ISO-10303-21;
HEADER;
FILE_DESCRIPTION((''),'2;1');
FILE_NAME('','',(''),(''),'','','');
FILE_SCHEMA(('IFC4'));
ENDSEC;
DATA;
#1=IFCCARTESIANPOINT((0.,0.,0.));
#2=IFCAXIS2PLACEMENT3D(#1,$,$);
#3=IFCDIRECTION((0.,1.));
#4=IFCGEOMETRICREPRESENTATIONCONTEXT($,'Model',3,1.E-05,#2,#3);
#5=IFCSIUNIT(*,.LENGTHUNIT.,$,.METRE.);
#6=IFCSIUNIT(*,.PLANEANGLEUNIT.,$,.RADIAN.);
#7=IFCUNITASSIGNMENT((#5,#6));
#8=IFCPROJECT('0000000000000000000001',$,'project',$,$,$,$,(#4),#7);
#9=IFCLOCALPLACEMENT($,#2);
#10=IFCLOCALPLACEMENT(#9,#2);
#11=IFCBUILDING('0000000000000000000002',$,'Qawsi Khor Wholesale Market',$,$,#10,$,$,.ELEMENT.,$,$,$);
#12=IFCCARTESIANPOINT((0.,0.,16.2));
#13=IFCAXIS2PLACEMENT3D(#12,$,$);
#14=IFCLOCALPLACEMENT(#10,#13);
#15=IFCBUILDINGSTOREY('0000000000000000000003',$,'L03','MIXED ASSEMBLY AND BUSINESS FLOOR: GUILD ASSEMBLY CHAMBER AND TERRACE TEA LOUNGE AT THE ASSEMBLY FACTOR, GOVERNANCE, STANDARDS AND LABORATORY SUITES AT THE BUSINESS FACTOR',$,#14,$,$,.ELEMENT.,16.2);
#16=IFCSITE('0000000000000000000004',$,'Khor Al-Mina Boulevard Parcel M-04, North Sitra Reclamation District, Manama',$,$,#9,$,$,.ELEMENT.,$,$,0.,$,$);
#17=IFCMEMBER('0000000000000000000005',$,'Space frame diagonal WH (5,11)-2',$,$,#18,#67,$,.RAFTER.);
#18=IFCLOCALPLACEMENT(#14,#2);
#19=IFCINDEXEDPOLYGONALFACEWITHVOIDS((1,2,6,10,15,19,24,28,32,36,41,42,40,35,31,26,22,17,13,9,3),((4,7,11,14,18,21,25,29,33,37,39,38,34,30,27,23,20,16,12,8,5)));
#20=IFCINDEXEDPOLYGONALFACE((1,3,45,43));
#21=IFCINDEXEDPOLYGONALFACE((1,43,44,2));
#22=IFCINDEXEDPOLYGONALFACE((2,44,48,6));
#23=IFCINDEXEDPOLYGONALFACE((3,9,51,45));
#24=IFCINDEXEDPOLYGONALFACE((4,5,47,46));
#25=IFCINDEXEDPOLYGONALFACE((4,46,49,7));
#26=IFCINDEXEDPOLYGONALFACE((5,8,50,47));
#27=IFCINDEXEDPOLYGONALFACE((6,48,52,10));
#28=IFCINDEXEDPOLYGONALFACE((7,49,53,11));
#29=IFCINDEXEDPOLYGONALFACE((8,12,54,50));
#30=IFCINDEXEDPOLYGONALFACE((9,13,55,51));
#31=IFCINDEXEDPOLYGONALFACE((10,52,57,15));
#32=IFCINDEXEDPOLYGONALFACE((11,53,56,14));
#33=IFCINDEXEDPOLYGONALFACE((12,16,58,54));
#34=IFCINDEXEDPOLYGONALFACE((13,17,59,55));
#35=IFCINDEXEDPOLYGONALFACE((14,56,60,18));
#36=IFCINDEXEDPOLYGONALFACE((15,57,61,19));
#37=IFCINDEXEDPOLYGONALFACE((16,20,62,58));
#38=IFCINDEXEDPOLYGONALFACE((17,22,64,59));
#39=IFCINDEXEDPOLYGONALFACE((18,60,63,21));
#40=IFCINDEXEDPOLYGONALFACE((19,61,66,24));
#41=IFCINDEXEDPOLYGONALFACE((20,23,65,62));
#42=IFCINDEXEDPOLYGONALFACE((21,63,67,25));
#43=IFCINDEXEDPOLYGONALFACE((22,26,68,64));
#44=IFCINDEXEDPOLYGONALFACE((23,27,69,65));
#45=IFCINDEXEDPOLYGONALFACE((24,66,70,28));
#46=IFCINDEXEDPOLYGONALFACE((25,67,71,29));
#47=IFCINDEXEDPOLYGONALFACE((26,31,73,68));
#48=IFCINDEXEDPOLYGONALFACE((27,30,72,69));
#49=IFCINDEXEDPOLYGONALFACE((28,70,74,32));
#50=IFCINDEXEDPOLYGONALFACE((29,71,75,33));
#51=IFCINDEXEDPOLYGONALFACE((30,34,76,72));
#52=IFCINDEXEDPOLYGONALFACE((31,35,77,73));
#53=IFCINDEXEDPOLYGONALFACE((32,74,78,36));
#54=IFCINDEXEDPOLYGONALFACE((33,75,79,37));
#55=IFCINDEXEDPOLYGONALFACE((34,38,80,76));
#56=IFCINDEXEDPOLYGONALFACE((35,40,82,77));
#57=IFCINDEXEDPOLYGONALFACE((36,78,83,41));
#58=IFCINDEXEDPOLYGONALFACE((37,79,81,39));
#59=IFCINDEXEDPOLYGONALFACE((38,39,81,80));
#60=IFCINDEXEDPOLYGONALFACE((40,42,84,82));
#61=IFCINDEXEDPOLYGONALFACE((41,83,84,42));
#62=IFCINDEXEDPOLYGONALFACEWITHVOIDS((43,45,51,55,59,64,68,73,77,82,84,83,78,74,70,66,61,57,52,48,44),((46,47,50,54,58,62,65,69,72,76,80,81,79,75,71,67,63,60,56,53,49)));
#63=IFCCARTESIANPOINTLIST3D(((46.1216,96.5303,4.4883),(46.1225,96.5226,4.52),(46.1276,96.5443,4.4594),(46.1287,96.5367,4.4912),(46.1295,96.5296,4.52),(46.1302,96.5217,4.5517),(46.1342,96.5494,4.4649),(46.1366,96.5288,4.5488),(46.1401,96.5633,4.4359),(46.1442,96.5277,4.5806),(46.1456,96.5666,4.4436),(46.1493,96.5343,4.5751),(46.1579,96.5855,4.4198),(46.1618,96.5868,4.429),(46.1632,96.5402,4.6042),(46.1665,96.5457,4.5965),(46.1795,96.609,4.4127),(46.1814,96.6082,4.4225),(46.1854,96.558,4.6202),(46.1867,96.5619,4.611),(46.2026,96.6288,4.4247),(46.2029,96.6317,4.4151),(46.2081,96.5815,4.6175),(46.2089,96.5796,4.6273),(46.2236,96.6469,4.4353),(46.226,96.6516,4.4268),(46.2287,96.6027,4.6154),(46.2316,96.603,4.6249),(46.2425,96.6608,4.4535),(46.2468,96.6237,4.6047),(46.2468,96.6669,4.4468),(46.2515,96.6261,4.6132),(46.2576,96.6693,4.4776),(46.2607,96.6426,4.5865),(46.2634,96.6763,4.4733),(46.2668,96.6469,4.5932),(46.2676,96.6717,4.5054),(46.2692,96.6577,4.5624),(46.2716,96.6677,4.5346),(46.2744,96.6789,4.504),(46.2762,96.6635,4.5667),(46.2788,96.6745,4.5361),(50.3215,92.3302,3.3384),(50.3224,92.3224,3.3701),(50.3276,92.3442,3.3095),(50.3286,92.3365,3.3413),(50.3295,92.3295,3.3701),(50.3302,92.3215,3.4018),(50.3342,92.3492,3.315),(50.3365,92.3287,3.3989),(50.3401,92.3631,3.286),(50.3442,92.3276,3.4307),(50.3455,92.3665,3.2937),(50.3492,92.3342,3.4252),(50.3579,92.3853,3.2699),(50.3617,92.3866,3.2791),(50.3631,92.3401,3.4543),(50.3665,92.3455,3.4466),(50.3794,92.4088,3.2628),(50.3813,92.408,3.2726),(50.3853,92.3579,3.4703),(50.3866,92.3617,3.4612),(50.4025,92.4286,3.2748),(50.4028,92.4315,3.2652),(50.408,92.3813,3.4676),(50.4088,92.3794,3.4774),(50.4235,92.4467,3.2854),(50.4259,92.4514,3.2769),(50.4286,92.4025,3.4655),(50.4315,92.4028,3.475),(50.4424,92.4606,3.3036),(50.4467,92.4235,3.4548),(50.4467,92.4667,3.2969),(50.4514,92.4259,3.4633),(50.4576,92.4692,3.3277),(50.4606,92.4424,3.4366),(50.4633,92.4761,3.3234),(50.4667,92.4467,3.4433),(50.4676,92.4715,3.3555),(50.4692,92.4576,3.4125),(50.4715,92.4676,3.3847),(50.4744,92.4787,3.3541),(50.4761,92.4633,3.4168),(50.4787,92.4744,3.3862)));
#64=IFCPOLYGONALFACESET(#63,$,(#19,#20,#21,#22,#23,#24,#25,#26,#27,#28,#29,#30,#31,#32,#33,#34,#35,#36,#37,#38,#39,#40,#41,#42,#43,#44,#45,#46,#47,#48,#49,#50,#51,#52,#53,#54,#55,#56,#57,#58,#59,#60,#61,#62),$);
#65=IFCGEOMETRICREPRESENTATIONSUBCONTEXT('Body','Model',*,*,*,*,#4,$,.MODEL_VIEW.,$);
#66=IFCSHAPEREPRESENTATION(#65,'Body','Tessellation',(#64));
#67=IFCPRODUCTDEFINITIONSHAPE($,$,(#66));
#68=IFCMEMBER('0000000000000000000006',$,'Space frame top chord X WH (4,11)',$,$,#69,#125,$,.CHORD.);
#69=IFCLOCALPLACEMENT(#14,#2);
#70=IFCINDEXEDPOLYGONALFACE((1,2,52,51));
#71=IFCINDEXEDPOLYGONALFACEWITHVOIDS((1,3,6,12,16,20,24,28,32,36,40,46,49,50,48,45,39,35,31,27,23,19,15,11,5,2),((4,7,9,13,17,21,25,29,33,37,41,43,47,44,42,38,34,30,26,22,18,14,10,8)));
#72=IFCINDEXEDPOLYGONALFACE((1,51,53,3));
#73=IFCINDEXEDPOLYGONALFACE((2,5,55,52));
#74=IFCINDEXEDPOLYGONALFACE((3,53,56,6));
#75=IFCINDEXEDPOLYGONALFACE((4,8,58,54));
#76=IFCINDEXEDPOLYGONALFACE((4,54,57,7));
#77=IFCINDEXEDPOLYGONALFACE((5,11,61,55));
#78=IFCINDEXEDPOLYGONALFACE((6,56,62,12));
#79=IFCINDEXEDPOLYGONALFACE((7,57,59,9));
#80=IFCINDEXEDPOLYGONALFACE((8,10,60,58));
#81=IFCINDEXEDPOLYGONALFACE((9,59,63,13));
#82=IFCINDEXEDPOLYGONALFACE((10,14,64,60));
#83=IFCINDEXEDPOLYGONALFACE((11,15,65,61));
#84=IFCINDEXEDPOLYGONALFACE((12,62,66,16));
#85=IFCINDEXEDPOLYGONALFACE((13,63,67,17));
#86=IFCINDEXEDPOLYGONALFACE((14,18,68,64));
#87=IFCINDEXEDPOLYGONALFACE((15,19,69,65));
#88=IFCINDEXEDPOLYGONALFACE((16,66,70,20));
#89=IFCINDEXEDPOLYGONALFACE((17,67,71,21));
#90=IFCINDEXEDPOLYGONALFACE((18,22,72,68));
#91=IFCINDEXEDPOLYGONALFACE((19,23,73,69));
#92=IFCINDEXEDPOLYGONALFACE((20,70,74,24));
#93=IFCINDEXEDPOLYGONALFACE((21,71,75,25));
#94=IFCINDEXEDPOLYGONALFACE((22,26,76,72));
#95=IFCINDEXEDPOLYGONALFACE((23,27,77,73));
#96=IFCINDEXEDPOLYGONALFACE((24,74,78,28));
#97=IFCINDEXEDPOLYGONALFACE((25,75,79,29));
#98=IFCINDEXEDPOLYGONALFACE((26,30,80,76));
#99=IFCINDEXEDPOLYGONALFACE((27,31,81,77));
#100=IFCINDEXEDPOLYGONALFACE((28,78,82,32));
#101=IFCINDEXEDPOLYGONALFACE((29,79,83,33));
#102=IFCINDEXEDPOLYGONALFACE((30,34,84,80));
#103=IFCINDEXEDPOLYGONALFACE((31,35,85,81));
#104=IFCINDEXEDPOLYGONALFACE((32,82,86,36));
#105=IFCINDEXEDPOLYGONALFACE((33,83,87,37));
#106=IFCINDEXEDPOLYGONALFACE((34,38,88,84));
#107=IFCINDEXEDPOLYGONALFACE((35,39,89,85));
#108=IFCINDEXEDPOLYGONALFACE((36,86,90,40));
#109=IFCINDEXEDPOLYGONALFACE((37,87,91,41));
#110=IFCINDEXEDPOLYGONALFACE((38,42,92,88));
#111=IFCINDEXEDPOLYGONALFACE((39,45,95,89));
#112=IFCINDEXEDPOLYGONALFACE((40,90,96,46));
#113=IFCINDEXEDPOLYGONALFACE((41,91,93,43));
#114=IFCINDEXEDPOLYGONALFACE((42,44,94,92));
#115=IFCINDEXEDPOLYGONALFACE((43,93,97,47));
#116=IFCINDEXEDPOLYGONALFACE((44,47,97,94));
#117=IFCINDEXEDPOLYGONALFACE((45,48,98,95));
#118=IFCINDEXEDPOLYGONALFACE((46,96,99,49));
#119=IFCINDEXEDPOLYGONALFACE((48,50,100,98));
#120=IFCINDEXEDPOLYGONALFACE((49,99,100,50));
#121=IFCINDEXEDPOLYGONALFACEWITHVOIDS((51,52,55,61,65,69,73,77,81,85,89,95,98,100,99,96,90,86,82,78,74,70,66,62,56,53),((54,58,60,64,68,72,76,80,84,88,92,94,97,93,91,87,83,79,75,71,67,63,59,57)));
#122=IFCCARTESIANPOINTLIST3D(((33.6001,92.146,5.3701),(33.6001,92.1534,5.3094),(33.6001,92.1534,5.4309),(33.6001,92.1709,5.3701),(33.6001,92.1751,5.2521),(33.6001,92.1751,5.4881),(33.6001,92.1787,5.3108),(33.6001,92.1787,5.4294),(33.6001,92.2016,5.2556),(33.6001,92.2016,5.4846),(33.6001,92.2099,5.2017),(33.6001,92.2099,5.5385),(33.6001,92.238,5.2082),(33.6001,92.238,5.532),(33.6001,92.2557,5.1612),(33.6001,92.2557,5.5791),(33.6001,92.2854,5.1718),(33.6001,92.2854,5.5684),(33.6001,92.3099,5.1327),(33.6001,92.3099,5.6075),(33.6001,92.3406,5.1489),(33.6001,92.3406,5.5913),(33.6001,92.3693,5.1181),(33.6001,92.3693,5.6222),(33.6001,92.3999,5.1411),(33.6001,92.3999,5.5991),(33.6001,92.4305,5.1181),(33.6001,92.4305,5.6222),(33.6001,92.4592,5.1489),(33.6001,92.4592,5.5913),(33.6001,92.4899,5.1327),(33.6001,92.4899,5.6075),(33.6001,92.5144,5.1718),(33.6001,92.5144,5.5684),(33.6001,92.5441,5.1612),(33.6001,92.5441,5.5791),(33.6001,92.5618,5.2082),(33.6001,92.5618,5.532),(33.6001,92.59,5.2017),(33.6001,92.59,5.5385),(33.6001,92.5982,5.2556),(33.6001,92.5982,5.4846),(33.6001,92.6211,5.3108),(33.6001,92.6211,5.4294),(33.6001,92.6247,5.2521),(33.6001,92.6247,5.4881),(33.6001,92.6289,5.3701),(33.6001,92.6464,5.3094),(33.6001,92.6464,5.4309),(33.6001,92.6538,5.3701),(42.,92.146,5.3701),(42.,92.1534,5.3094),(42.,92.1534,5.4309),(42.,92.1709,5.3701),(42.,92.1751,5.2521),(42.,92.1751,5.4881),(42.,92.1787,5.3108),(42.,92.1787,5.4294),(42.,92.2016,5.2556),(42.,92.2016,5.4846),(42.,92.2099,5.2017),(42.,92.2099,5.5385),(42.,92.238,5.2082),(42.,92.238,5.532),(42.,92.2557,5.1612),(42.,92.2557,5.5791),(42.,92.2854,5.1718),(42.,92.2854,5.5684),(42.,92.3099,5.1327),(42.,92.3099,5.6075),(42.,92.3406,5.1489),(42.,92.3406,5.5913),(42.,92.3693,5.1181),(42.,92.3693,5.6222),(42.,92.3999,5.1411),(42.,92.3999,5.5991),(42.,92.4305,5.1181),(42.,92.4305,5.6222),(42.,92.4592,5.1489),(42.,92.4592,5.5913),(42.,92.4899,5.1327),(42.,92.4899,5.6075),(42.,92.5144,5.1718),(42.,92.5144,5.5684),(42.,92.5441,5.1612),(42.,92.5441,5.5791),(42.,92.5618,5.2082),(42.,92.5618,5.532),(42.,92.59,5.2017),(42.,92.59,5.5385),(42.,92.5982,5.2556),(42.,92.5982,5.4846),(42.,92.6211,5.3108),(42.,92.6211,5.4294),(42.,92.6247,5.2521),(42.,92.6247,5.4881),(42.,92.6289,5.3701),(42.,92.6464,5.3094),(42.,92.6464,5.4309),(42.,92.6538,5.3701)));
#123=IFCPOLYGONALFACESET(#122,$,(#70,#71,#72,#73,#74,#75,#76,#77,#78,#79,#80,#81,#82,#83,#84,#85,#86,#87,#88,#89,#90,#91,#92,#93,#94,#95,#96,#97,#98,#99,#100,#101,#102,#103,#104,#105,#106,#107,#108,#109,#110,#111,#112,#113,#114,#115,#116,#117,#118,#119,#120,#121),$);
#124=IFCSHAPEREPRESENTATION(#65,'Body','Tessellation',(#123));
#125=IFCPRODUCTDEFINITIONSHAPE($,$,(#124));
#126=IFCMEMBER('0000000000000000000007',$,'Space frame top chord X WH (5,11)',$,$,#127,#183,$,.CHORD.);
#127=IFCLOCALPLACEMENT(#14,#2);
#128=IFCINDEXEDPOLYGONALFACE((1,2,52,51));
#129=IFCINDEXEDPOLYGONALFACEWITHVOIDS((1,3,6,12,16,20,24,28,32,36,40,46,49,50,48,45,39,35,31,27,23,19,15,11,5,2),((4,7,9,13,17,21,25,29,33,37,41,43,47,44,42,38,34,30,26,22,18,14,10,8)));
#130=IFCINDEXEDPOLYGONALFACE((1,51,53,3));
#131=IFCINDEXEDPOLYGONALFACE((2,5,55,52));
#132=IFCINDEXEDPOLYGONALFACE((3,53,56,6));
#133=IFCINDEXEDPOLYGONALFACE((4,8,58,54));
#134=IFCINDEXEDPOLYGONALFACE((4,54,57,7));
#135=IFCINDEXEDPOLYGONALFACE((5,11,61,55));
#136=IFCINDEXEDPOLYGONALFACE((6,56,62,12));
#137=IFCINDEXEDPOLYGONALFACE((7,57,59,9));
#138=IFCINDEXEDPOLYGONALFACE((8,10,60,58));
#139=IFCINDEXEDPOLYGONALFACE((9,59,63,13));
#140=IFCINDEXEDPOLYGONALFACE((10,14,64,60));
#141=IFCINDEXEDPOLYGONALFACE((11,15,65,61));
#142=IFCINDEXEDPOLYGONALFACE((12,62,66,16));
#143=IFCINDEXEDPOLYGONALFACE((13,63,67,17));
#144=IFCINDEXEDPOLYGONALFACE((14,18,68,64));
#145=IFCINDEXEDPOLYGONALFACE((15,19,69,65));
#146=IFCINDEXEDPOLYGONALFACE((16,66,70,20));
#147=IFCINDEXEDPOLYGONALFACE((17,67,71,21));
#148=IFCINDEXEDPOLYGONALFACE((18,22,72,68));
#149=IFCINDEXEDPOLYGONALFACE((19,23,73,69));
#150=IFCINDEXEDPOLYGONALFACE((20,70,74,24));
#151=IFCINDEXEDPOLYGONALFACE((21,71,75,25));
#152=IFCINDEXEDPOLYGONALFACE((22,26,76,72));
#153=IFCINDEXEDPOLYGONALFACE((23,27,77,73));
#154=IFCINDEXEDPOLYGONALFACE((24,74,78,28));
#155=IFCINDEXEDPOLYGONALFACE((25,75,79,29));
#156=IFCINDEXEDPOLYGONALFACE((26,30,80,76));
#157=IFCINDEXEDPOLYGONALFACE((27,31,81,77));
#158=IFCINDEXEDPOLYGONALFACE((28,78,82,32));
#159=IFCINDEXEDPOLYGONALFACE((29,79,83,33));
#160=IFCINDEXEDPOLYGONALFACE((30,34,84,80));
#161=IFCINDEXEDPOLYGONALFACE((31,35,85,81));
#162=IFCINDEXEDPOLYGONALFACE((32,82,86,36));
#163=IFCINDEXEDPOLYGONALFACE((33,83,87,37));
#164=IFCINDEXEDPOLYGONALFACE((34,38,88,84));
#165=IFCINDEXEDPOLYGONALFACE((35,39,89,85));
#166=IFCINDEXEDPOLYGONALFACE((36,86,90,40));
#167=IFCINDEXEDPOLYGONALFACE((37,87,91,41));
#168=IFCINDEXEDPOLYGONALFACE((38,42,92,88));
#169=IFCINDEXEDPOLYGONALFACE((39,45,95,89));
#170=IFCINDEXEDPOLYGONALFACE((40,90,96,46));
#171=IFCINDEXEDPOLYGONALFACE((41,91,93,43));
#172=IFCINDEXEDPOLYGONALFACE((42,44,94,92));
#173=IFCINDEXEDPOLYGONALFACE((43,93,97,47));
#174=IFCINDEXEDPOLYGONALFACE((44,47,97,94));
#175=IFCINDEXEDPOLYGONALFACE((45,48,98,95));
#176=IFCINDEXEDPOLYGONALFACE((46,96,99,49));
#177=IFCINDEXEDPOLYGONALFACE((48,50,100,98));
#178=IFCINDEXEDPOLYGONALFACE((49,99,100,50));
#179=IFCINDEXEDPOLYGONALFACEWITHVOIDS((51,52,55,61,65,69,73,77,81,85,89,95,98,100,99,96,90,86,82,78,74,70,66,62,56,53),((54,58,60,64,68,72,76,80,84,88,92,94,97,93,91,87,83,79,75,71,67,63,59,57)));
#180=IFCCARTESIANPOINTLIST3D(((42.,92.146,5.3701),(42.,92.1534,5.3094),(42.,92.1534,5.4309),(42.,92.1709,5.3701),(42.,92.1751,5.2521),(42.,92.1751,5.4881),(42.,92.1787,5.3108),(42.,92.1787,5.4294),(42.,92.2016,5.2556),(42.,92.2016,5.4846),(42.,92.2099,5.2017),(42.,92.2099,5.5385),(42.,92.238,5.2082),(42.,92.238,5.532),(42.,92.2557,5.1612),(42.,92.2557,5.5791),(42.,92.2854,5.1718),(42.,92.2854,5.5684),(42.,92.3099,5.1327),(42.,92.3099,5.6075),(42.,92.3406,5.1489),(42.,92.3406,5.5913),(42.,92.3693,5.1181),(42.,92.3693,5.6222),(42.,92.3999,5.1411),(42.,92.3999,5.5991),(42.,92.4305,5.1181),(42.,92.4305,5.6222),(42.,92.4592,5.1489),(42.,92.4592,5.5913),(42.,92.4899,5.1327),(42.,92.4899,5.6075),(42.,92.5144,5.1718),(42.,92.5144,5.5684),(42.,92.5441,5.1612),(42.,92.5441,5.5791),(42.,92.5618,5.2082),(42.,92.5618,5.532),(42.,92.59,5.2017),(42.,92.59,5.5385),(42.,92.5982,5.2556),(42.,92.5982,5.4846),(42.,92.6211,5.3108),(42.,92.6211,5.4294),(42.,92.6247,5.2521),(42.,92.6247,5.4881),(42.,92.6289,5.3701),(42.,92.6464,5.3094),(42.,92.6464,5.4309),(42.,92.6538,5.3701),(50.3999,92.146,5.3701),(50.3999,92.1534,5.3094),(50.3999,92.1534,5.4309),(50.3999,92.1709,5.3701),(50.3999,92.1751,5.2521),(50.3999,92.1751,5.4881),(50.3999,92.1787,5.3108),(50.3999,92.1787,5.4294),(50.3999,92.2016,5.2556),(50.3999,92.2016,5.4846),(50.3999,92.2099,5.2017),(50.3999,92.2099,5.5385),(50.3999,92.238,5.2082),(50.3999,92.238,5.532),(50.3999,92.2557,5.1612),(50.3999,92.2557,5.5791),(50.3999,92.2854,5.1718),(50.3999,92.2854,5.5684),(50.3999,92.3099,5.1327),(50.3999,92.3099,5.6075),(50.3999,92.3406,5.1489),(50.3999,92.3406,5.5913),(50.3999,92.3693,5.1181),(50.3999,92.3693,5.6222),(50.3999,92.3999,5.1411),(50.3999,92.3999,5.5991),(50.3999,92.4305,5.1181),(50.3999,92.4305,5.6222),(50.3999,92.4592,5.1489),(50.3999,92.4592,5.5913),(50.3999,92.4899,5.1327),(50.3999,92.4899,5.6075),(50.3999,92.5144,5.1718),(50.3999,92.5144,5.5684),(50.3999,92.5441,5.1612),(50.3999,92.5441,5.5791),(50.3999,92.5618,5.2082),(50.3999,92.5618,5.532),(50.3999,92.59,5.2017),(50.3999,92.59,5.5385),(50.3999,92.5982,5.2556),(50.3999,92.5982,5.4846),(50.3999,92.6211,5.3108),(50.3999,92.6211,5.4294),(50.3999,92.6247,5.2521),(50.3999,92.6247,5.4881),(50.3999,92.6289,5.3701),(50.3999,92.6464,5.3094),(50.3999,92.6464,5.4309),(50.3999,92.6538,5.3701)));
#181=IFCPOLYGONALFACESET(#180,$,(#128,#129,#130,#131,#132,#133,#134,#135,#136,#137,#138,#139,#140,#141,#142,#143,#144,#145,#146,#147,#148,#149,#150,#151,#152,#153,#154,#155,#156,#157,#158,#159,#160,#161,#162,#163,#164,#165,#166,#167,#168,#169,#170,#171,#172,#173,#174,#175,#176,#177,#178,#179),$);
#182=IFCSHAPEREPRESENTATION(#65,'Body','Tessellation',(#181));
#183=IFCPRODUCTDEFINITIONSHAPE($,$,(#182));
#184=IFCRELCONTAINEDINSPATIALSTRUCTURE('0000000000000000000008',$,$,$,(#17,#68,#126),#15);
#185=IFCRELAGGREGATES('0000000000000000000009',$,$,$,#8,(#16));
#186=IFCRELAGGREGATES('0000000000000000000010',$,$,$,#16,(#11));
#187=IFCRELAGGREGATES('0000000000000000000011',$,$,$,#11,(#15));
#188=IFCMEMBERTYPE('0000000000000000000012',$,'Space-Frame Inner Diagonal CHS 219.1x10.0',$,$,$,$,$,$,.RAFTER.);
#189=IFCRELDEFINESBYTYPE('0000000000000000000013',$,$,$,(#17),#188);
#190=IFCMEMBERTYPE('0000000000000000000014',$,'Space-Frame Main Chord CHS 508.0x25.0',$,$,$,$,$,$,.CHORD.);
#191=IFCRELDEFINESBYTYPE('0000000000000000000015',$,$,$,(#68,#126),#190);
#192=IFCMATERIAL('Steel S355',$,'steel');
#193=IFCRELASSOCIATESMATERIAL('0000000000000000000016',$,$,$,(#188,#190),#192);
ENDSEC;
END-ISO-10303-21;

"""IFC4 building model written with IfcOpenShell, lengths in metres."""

from ifc_helpers import new_model, si_unit, direction, frame, origin, origin_2d, place, context, subcontext, project, spatial, hollow_circle, extrude, material, material_profile, profile_set, type_object, element, save


model = new_model("IFC4")

# Units and contexts
model_context = context("Model", 3, precision=1e-05, world=origin(), true_north=direction((0.0, 1.0)))
body_context = subcontext(model_context, "Body", "Model", "MODEL_VIEW")
ifc_project = project(units=[si_unit("LENGTHUNIT", "METRE"), si_unit("PLANEANGLEUNIT", "RADIAN")], contexts=[model_context])

# Site, building, storey
site_placement = place(None, origin())
site = spatial("IfcSite", under=ifc_project, at=site_placement, Name="Khor Al-Mina Boulevard Parcel M-04, North Sitra Reclamation District, Manama", CompositionType="ELEMENT", RefElevation=0.0)
building_placement = place(site_placement, origin())
building = spatial("IfcBuilding", under=site, at=building_placement, Name="Qawsi Khor Wholesale Market", CompositionType="ELEMENT")
storey_placement = place(building_placement, frame((0.0, 0.0, 16.2)))
storey = spatial("IfcBuildingStorey", under=building, at=storey_placement, Name="L03", Description="MIXED ASSEMBLY AND BUSINESS FLOOR: GUILD ASSEMBLY CHAMBER AND TERRACE TEA LOUNGE AT THE ASSEMBLY FACTOR, GOVERNANCE, STANDARDS AND LABORATORY SUITES AT THE BUSINESS FACTOR", CompositionType="ELEMENT", Elevation=16.2)

# Members
ifc_material_1 = material(Name="Steel S355", Category="steel")
ifc_material_profile_1 = material_profile(ifc_material_1, hollow_circle(Radius=0.1096, WallThickness=0.01, at=origin_2d()), Name="CHS 219.1x10.0")
ifc_profile_set_1 = profile_set([ifc_material_profile_1], Name="Steel S355")
member_type_1 = type_object("IfcMemberType", Name="Space-Frame Inner Diagonal CHS 219.1x10.0", PredefinedType="RAFTER", material=ifc_profile_set_1)
for number, where, z_axis, x_axis, name in (
    (1, (50.3999, 92.3999, 3.3701), (-0.694197, 0.694238, 0.190064), (-0.707127, -0.707086, 0.0), "Space frame diagonal WH (5,11)-2"),
):
    element("IfcMember", number, at=place(storey_placement, frame(where, z_axis=z_axis, x_axis=x_axis)), inside=storey, type_object=member_type_1, Name=name, PredefinedType="RAFTER", context=body_context, shape_type="SweptSolid", body=[
        extrude(hollow_circle(Radius=0.1096, WallThickness=0.01, at=origin_2d()), origin(), (0.0, 0.0, 1.0), 6.05),
    ])
ifc_material_profile_2 = material_profile(ifc_material_1, hollow_circle(Radius=0.2539, WallThickness=0.0249, at=origin_2d()), Name="CHS 508.0x25.0")
ifc_profile_set_2 = profile_set([ifc_material_profile_2], Name="Steel S355")
member_type_2 = type_object("IfcMemberType", Name="Space-Frame Main Chord CHS 508.0x25.0", PredefinedType="CHORD", material=ifc_profile_set_2)
for number, where, z_axis, x_axis, name in (
    (2, (33.6001, 92.3999, 5.3701), (1.0, 0.0, 0.0), (0.0, 1.0, 0.0), "Space frame top chord X WH (4,11)"),
    (3, (42.0, 92.3999, 5.3701), (1.0, 0.0, 0.0), (0.0, 1.0, 0.0), "Space frame top chord X WH (5,11)"),
):
    element("IfcMember", number, at=place(storey_placement, frame(where, z_axis=z_axis, x_axis=x_axis)), inside=storey, type_object=member_type_2, Name=name, PredefinedType="CHORD", context=body_context, shape_type="SweptSolid", body=[
        extrude(hollow_circle(Radius=0.2539, WallThickness=0.0249, at=origin_2d()), origin(), (0.0, 0.0, 1.0), 8.3999),
    ])

save(model, "model.ifc")
